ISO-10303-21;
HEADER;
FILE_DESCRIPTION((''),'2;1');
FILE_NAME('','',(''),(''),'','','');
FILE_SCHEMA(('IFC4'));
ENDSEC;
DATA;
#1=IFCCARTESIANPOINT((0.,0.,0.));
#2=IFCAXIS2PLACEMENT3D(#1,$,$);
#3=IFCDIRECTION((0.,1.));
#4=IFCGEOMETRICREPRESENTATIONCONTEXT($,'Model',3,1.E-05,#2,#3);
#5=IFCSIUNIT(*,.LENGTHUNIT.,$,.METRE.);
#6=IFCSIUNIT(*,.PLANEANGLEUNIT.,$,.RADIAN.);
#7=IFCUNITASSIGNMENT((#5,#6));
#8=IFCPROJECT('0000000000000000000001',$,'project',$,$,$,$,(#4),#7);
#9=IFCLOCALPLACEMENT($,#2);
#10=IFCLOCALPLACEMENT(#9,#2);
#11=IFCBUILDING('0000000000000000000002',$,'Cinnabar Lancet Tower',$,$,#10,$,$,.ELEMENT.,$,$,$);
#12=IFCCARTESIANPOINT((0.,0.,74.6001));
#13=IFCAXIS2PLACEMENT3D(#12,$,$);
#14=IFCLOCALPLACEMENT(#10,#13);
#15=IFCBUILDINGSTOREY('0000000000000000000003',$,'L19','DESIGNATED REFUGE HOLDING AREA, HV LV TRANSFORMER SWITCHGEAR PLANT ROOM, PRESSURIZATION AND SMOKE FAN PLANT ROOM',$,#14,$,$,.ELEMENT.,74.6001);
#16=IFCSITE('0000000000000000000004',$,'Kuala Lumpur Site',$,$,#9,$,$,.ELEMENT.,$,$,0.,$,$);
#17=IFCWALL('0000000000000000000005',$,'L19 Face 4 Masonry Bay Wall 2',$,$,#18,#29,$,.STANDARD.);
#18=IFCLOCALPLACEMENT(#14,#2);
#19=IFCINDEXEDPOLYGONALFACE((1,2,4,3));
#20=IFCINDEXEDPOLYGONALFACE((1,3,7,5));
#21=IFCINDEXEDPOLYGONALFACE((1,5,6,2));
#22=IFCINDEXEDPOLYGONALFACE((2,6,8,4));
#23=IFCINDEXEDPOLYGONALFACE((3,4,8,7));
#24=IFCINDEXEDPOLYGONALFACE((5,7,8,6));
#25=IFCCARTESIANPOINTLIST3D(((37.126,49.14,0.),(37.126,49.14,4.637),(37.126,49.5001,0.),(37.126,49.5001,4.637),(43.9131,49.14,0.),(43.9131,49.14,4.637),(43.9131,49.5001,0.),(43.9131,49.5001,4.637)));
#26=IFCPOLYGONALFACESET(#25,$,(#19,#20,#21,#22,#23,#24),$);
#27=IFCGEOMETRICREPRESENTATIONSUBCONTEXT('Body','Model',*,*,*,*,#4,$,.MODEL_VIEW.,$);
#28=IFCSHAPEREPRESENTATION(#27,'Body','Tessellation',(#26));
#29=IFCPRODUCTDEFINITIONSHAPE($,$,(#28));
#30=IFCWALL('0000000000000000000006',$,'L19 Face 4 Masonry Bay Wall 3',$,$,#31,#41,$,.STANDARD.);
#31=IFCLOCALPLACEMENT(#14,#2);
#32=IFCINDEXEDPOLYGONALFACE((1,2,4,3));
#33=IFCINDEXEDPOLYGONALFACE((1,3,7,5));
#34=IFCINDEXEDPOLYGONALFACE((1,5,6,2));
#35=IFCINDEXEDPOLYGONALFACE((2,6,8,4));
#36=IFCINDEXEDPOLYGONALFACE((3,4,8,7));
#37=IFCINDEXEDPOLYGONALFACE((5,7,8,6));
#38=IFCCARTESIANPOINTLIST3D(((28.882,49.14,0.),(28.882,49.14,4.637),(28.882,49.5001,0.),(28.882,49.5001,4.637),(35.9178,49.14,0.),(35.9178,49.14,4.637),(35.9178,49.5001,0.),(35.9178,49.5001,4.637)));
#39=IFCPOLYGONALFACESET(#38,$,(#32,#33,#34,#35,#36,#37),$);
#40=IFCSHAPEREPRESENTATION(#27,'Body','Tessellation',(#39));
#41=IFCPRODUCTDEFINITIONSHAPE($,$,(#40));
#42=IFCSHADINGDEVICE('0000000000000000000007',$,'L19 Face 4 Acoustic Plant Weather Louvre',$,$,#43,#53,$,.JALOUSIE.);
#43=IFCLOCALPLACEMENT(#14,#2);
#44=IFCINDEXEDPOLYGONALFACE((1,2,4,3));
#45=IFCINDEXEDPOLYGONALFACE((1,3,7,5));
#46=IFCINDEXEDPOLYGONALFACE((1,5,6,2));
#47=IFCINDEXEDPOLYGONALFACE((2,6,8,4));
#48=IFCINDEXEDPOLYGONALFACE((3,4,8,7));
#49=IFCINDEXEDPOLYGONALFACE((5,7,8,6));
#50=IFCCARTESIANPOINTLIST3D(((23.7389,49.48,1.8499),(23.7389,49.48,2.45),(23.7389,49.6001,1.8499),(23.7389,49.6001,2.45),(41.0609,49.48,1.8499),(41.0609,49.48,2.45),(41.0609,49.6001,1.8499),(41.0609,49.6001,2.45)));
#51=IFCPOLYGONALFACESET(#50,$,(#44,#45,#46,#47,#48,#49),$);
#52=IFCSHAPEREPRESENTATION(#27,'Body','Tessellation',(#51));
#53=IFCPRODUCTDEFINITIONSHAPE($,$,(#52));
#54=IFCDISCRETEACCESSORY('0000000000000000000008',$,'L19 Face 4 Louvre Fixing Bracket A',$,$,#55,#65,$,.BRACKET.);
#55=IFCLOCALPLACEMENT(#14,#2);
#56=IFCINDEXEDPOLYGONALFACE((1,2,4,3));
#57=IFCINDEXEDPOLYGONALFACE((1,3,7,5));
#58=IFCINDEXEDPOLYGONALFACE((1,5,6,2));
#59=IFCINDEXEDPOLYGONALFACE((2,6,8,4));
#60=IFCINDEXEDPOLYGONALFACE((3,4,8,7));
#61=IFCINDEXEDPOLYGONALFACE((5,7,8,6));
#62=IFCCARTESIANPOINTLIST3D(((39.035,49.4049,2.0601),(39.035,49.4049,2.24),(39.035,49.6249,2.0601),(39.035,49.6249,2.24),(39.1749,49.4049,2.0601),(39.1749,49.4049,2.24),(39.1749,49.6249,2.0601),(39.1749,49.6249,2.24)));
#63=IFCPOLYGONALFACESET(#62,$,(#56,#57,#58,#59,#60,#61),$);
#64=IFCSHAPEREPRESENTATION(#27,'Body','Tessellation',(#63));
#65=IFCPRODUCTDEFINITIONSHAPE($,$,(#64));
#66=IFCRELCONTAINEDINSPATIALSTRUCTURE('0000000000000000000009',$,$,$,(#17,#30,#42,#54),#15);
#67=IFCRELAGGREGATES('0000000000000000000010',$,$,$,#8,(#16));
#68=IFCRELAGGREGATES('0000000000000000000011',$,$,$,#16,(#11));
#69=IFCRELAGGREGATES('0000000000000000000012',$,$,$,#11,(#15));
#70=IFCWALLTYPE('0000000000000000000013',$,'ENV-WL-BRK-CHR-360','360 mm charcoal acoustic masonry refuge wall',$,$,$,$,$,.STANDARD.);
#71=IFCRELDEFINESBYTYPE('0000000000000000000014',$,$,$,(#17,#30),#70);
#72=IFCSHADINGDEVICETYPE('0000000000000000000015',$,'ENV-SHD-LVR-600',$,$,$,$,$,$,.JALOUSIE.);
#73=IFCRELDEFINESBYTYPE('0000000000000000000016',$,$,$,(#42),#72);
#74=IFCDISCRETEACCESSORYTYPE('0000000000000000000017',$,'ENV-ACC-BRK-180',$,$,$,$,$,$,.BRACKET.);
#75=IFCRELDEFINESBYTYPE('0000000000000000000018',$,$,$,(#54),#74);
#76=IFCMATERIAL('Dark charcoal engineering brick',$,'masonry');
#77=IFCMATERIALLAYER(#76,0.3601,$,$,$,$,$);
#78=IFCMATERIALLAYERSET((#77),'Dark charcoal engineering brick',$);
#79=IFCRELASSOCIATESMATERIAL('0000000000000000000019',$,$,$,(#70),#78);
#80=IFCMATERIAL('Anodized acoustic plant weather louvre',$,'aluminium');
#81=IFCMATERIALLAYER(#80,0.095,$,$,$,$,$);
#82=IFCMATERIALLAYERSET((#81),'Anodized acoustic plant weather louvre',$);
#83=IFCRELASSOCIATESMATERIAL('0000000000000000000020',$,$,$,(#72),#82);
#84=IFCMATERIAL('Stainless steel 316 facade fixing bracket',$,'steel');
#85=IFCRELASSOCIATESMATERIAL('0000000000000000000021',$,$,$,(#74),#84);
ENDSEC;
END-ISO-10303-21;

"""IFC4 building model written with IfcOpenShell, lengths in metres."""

from ifc_helpers import new_model, si_unit, direction, frame, frame_2d, origin, origin_2d, place, context, subcontext, project, spatial, rectangle, extrude, material, layer, layer_set, type_object, element, save


model = new_model("IFC4")

# Units and contexts
model_context = context("Model", 3, precision=1e-05, world=origin(), true_north=direction((0.0, 1.0)))
body_context = subcontext(model_context, "Body", "Model", "MODEL_VIEW")
ifc_project = project(units=[si_unit("LENGTHUNIT", "METRE"), si_unit("PLANEANGLEUNIT", "RADIAN")], contexts=[model_context])

# Site, building, storey
site_placement = place(None, origin())
site = spatial("IfcSite", under=ifc_project, at=site_placement, Name="Kuala Lumpur Site", CompositionType="ELEMENT", RefElevation=0.0)
building_placement = place(site_placement, origin())
building = spatial("IfcBuilding", under=site, at=building_placement, Name="Cinnabar Lancet Tower", CompositionType="ELEMENT")
storey_placement = place(building_placement, frame((0.0, 0.0, 74.6001)))
storey = spatial("IfcBuildingStorey", under=building, at=storey_placement, Name="L19", Description="DESIGNATED REFUGE HOLDING AREA, HV LV TRANSFORMER SWITCHGEAR PLANT ROOM, PRESSURIZATION AND SMOKE FAN PLANT ROOM", CompositionType="ELEMENT", Elevation=74.6001)

# Walls
ifc_material_1 = material(Name="Dark charcoal engineering brick", Category="masonry")
ifc_layer_1 = layer(ifc_material_1, 0.3601)
ifc_layer_set_1 = layer_set([ifc_layer_1], Name="Dark charcoal engineering brick")
wall_type_1 = type_object("IfcWallType", Name="ENV-WL-BRK-CHR-360", Description="360 mm charcoal acoustic masonry refuge wall", PredefinedType="STANDARD", material=ifc_layer_set_1)
wall_1_placement = place(storey_placement, frame((43.9131, 49.3201, 0.0), z_axis=(0.0, 0.0, 1.0), x_axis=(-1.0, 0.0, 0.0)))
element("IfcWall", 1, at=wall_1_placement, inside=storey, type_object=wall_type_1, Name="L19 Face 4 Masonry Bay Wall 2", PredefinedType="STANDARD", context=body_context, shape_type="SweptSolid", body=[
    extrude(rectangle(XDim=6.7871, YDim=0.3601, at=frame_2d((3.3936, 0.0))), origin(), (0.0, 0.0, 1.0), 4.637),
])
wall_2_placement = place(storey_placement, frame((35.918, 49.3201, 0.0), z_axis=(0.0, 0.0, 1.0), x_axis=(-1.0, 0.0, 0.0)))
element("IfcWall", 2, at=wall_2_placement, inside=storey, type_object=wall_type_1, Name="L19 Face 4 Masonry Bay Wall 3", PredefinedType="STANDARD", context=body_context, shape_type="SweptSolid", body=[
    extrude(rectangle(XDim=7.0359, YDim=0.3601, at=frame_2d((3.5181, 0.0))), origin(), (0.0, 0.0, 1.0), 4.637),
])

# Shading device
ifc_material_2 = material(Name="Anodized acoustic plant weather louvre", Category="aluminium")
ifc_layer_2 = layer(ifc_material_2, 0.095)
ifc_layer_set_2 = layer_set([ifc_layer_2], Name="Anodized acoustic plant weather louvre")
shading_device_type = type_object("IfcShadingDeviceType", Name="ENV-SHD-LVR-600", PredefinedType="JALOUSIE", material=ifc_layer_set_2)
shading_device_placement = place(storey_placement, frame((32.3999, 49.54, 1.8499), z_axis=(0.0, 0.0, 1.0), x_axis=(-1.0, 0.0, 0.0)))
element("IfcShadingDevice", 3, at=shading_device_placement, inside=storey, type_object=shading_device_type, Name="L19 Face 4 Acoustic Plant Weather Louvre", PredefinedType="JALOUSIE", context=body_context, shape_type="SweptSolid", body=[
    extrude(rectangle(XDim=17.322, YDim=0.1201, at=origin_2d()), origin(), (0.0, 0.0, 1.0), 0.6001),
])

# Discrete accessory
ifc_material_3 = material(Name="Stainless steel 316 facade fixing bracket", Category="steel")
discrete_accessory_type = type_object("IfcDiscreteAccessoryType", Name="ENV-ACC-BRK-180", PredefinedType="BRACKET", material=ifc_material_3)
discrete_accessory_placement = place(storey_placement, frame((39.105, 49.5149, 2.0601), z_axis=(0.0, 0.0, 1.0), x_axis=(-1.0, 0.0, 0.0)))
element("IfcDiscreteAccessory", 4, at=discrete_accessory_placement, inside=storey, type_object=discrete_accessory_type, Name="L19 Face 4 Louvre Fixing Bracket A", PredefinedType="BRACKET", context=body_context, shape_type="SweptSolid", body=[
    extrude(rectangle(XDim=0.1399, YDim=0.22, at=origin_2d()), origin(), (0.0, 0.0, 1.0), 0.1799),
])

save(model, "model.ifc")
